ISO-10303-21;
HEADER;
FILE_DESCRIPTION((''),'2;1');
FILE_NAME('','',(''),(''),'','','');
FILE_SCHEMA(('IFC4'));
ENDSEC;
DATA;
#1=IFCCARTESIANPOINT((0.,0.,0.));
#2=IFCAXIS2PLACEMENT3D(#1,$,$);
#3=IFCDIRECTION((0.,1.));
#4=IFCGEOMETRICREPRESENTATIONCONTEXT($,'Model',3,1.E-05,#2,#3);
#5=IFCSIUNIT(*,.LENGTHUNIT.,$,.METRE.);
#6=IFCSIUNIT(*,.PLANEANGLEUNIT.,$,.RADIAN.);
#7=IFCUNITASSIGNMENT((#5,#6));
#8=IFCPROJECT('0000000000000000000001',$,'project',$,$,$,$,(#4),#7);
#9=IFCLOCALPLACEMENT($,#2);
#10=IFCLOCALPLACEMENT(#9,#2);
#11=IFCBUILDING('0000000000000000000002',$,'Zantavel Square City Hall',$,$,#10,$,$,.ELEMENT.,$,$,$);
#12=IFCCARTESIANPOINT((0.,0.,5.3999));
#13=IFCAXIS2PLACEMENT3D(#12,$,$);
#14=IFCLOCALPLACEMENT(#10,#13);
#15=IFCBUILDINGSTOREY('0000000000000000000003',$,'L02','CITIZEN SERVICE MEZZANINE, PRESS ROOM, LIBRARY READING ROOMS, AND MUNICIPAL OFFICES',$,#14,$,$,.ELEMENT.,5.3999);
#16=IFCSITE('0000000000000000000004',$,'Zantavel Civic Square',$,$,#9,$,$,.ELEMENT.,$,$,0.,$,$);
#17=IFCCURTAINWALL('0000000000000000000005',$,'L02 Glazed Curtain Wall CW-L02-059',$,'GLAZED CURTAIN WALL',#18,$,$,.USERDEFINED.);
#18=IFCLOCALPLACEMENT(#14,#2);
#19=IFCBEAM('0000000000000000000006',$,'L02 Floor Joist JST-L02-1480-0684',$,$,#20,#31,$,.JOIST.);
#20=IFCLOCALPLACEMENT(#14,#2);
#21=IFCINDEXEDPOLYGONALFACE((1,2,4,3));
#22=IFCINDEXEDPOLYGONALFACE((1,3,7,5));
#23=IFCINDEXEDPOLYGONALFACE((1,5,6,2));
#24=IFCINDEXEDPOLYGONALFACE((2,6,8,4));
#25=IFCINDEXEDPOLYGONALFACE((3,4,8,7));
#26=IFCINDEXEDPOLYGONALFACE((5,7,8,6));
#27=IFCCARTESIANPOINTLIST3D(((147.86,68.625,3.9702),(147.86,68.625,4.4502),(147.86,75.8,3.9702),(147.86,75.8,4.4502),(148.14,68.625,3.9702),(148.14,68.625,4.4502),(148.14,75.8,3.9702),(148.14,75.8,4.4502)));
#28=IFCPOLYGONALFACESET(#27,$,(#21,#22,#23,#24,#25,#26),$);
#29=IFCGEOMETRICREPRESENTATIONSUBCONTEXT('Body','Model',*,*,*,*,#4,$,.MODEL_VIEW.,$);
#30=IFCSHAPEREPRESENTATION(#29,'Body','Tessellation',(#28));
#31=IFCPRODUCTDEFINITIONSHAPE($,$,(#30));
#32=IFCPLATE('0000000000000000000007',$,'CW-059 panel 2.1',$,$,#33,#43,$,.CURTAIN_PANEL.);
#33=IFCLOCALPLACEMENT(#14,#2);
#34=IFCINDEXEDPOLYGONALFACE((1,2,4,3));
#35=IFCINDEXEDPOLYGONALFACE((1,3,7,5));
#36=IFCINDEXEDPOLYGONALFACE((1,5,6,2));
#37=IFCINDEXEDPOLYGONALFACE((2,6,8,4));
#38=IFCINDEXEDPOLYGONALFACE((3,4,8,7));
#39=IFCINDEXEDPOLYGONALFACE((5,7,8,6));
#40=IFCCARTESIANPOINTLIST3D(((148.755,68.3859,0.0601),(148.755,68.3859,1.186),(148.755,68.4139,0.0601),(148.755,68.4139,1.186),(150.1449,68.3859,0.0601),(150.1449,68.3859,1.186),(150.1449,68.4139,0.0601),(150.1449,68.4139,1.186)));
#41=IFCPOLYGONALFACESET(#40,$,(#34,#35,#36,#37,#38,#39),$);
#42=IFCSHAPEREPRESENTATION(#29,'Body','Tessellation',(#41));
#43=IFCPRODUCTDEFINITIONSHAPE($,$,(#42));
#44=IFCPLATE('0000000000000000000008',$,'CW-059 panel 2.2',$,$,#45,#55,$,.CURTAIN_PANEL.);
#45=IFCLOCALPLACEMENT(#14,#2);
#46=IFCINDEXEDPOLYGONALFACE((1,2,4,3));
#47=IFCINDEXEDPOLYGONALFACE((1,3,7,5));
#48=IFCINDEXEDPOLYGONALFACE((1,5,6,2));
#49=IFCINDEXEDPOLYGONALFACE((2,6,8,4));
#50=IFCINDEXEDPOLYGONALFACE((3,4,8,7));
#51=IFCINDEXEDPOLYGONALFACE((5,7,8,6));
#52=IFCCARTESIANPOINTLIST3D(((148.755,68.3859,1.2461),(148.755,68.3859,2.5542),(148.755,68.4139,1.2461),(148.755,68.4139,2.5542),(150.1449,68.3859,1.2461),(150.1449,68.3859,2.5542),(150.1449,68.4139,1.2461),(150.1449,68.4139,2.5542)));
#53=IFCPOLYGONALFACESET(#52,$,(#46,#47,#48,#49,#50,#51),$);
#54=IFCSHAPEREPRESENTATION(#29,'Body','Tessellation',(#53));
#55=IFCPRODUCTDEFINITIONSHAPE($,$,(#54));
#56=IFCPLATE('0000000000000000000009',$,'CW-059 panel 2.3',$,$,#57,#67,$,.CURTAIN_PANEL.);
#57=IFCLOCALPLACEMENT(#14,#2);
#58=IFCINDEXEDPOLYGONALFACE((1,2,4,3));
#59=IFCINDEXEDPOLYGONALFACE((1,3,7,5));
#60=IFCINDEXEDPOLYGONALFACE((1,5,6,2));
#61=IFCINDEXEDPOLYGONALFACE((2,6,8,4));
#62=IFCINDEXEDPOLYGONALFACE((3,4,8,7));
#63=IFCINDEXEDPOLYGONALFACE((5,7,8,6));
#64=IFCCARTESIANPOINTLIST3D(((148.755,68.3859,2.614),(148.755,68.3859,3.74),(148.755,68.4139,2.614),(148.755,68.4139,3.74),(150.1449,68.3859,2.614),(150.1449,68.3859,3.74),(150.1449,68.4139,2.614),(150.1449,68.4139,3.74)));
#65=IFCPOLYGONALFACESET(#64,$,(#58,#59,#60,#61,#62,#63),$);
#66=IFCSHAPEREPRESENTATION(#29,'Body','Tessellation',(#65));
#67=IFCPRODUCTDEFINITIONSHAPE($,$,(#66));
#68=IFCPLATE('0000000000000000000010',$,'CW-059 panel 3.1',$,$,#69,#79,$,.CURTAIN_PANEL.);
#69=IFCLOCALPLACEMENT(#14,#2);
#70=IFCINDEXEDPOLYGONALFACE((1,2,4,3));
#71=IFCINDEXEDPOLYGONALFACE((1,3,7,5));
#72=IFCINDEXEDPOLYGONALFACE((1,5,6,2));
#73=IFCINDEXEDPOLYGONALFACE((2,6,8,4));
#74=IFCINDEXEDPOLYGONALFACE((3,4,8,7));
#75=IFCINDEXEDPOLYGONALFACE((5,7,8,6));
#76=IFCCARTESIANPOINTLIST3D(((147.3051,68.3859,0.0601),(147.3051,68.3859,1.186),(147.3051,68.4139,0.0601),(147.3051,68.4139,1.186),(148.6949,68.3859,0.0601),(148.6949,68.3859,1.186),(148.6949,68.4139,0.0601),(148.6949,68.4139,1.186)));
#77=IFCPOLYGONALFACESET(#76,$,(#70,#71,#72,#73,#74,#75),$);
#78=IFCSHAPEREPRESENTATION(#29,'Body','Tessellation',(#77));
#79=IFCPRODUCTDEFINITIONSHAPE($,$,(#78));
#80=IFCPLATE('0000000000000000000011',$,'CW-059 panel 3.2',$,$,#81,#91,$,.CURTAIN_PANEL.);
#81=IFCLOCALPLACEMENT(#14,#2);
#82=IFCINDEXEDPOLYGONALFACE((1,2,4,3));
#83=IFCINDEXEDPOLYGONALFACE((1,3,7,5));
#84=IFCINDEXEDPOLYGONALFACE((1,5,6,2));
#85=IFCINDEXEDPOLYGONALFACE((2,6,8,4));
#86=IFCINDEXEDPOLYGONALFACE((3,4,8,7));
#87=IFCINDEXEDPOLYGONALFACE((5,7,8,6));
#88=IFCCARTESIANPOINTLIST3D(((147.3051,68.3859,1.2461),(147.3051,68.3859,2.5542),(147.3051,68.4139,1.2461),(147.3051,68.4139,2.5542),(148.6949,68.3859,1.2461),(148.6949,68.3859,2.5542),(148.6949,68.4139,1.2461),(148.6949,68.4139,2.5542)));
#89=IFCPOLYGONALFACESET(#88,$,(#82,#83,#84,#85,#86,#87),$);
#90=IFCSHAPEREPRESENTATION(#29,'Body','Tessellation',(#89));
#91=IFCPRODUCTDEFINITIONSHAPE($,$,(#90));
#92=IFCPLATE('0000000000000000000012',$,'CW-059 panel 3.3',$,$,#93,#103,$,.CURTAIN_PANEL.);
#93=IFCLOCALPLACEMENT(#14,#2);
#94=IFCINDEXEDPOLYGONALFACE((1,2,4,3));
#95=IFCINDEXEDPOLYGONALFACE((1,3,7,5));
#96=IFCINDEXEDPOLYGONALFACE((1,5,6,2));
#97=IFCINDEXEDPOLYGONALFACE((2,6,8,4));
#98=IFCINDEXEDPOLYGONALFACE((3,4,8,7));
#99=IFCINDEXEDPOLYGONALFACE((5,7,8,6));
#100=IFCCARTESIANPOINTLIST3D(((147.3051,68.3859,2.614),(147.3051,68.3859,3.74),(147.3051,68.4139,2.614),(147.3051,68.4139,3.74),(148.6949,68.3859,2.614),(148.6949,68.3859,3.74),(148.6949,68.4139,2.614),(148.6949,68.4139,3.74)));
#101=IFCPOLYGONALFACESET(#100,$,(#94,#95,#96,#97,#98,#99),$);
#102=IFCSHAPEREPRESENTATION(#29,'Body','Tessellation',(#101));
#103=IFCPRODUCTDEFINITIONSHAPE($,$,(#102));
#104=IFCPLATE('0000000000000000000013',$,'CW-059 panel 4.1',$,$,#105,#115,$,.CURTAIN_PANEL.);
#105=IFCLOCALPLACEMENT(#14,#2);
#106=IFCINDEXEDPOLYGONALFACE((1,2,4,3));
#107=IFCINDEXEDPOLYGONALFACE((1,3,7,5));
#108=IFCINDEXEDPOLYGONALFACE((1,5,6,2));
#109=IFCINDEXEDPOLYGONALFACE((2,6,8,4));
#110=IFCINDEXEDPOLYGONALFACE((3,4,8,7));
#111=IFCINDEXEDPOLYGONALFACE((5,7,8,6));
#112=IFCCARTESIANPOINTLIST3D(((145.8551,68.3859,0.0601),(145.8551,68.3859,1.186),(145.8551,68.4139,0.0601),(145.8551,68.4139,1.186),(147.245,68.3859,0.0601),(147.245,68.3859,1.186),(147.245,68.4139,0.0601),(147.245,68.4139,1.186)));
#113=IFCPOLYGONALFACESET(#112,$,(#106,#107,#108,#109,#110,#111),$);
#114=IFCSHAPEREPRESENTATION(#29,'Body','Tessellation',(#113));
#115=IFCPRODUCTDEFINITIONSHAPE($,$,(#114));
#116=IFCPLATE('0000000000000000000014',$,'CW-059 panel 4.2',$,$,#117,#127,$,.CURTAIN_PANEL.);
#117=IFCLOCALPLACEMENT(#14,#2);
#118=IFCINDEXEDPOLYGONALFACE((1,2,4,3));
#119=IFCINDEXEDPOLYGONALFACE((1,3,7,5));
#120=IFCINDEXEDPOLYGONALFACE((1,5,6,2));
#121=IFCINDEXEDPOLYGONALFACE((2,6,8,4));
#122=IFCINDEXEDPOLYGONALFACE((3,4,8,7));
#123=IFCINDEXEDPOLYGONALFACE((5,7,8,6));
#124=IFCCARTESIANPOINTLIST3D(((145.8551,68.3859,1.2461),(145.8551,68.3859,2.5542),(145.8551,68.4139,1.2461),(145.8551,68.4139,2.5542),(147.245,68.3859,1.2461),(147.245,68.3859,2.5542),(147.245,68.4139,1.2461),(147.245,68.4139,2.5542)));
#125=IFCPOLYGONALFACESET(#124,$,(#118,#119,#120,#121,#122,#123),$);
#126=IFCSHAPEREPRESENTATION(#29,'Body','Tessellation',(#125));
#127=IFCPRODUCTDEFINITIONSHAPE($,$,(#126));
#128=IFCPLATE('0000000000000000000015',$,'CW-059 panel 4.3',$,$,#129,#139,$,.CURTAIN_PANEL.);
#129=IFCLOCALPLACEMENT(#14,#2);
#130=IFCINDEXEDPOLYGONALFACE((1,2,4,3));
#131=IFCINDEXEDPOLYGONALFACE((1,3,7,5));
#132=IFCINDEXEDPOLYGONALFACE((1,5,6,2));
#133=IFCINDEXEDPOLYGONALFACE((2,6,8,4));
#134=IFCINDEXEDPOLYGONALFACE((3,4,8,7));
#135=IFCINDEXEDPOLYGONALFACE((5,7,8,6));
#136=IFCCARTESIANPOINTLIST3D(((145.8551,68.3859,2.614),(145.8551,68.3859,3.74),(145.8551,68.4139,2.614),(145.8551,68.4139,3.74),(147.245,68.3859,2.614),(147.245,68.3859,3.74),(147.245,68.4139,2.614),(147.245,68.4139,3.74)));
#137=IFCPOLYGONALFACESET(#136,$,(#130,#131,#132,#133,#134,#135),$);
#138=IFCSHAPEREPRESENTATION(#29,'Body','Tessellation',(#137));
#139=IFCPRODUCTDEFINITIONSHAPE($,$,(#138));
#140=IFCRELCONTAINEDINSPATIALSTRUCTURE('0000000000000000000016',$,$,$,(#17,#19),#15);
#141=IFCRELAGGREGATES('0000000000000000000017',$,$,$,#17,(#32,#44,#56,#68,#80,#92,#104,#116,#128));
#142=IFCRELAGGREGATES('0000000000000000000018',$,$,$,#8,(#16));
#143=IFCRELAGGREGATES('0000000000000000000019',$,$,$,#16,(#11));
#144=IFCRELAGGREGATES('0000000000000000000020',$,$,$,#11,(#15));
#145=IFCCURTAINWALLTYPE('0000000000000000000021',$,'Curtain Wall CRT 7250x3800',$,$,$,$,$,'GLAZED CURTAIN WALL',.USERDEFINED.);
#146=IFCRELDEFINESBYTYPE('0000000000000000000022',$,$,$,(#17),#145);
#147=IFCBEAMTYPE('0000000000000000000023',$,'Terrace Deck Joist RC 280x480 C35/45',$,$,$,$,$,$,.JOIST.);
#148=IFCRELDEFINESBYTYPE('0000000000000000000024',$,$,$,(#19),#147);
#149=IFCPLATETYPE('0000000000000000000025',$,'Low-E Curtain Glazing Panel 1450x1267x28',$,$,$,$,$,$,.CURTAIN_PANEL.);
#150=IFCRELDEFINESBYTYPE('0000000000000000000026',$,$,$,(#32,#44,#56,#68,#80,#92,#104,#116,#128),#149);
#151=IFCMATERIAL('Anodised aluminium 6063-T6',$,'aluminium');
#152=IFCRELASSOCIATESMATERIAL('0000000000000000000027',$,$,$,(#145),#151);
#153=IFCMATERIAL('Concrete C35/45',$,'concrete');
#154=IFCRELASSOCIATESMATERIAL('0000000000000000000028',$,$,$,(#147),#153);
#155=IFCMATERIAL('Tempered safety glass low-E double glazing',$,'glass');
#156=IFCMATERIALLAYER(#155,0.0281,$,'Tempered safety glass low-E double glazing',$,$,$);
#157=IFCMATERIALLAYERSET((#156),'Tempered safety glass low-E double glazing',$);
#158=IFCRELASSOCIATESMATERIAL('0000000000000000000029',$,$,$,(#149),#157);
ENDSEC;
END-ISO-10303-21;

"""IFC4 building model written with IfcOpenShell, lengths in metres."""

from ifc_helpers import new_model, si_unit, direction, frame, origin, origin_2d, place, context, subcontext, project, spatial, rectangle, extrude, material, layer, layer_set, material_profile, profile_set, type_object, element, aggregate, save


model = new_model("IFC4")

# Units and contexts
model_context = context("Model", 3, precision=1e-05, world=origin(), true_north=direction((0.0, 1.0)))
body_context = subcontext(model_context, "Body", "Model", "MODEL_VIEW")
ifc_project = project(units=[si_unit("LENGTHUNIT", "METRE"), si_unit("PLANEANGLEUNIT", "RADIAN")], contexts=[model_context])

# Site, building, storey
site_placement = place(None, origin())
site = spatial("IfcSite", under=ifc_project, at=site_placement, Name="Zantavel Civic Square", CompositionType="ELEMENT", RefElevation=0.0)
building_placement = place(site_placement, origin())
building = spatial("IfcBuilding", under=site, at=building_placement, Name="Zantavel Square City Hall", CompositionType="ELEMENT")
storey_placement = place(building_placement, frame((0.0, 0.0, 5.3999)))
storey = spatial("IfcBuildingStorey", under=building, at=storey_placement, Name="L02", Description="CITIZEN SERVICE MEZZANINE, PRESS ROOM, LIBRARY READING ROOMS, AND MUNICIPAL OFFICES", CompositionType="ELEMENT", Elevation=5.3999)

# Curtain wall
ifc_material_1 = material(Name="Anodised aluminium 6063-T6", Category="aluminium")
curtain_wall_type = type_object("IfcCurtainWallType", Name="Curtain Wall CRT 7250x3800", ElementType="GLAZED CURTAIN WALL", PredefinedType="USERDEFINED", material=ifc_material_1)
curtain_wall_placement = place(storey_placement, origin())
curtain_wall = element("IfcCurtainWall", 1, at=curtain_wall_placement, inside=storey, type_object=curtain_wall_type, Name="L02 Glazed Curtain Wall CW-L02-059", ObjectType="GLAZED CURTAIN WALL", PredefinedType="USERDEFINED")

# Beam
ifc_material_2 = material(Name="Concrete C35/45", Category="concrete")
ifc_material_profile_1 = material_profile(ifc_material_2, rectangle(XDim=0.28, YDim=0.48, at=origin_2d()), Name="RC 280x480")
ifc_profile_set_1 = profile_set([ifc_material_profile_1], Name="Concrete C35/45")
beam_type = type_object("IfcBeamType", Name="Terrace Deck Joist RC 280x480 C35/45", PredefinedType="JOIST", material=ifc_profile_set_1)
beam_placement = place(storey_placement, frame((148.0, 68.625, 4.2102), z_axis=(0.0, 1.0, 0.0), x_axis=(-1.0, 0.0, 0.0)))
element("IfcBeam", 2, at=beam_placement, inside=storey, type_object=beam_type, Name="L02 Floor Joist JST-L02-1480-0684", PredefinedType="JOIST", context=body_context, shape_type="SweptSolid", body=[
    extrude(rectangle(XDim=0.28, YDim=0.48, at=origin_2d()), origin(), (0.0, 0.0, 1.0), 7.175),
])

# Plates
ifc_material_3 = material(Name="Tempered safety glass low-E double glazing", Category="glass")
ifc_layer = layer(ifc_material_3, 0.0281, Name="Tempered safety glass low-E double glazing")
ifc_layer_set = layer_set([ifc_layer], Name="Tempered safety glass low-E double glazing")
plate_type = type_object("IfcPlateType", Name="Low-E Curtain Glazing Panel 1450x1267x28", PredefinedType="CURTAIN_PANEL", material=ifc_layer_set)
plate_1_placement = place(storey_placement, frame((149.45, 68.3999, 0.0601), z_axis=(0.0, 0.0, 1.0), x_axis=(-1.0, 0.0, 0.0)))
plate_1 = element("IfcPlate", 3, at=plate_1_placement, type_object=plate_type, Name="CW-059 panel 2.1", PredefinedType="CURTAIN_PANEL", context=body_context, shape_type="SweptSolid", body=[
    extrude(rectangle(XDim=1.3899, YDim=0.0281, at=origin_2d()), origin(), (0.0, 0.0, 1.0), 1.126),
])
plate_2_placement = place(storey_placement, frame((149.45, 68.3999, 1.2461), z_axis=(0.0, 0.0, 1.0), x_axis=(-1.0, 0.0, 0.0)))
plate_2 = element("IfcPlate", 4, at=plate_2_placement, type_object=plate_type, Name="CW-059 panel 2.2", PredefinedType="CURTAIN_PANEL", context=body_context, shape_type="SweptSolid", body=[
    extrude(rectangle(XDim=1.3899, YDim=0.0281, at=origin_2d()), origin(), (0.0, 0.0, 1.0), 1.3081),
])
plate_3_placement = place(storey_placement, frame((149.45, 68.3999, 2.614), z_axis=(0.0, 0.0, 1.0), x_axis=(-1.0, 0.0, 0.0)))
plate_3 = element("IfcPlate", 5, at=plate_3_placement, type_object=plate_type, Name="CW-059 panel 2.3", PredefinedType="CURTAIN_PANEL", context=body_context, shape_type="SweptSolid", body=[
    extrude(rectangle(XDim=1.3899, YDim=0.0281, at=origin_2d()), origin(), (0.0, 0.0, 1.0), 1.126),
])
plate_4_placement = place(storey_placement, frame((148.0, 68.3999, 0.0601), z_axis=(0.0, 0.0, 1.0), x_axis=(-1.0, 0.0, 0.0)))
plate_4 = element("IfcPlate", 6, at=plate_4_placement, type_object=plate_type, Name="CW-059 panel 3.1", PredefinedType="CURTAIN_PANEL", context=body_context, shape_type="SweptSolid", body=[
    extrude(rectangle(XDim=1.3899, YDim=0.0281, at=origin_2d()), origin(), (0.0, 0.0, 1.0), 1.126),
])
plate_5_placement = place(storey_placement, frame((148.0, 68.3999, 1.2461), z_axis=(0.0, 0.0, 1.0), x_axis=(-1.0, 0.0, 0.0)))
plate_5 = element("IfcPlate", 7, at=plate_5_placement, type_object=plate_type, Name="CW-059 panel 3.2", PredefinedType="CURTAIN_PANEL", context=body_context, shape_type="SweptSolid", body=[
    extrude(rectangle(XDim=1.3899, YDim=0.0281, at=origin_2d()), origin(), (0.0, 0.0, 1.0), 1.3081),
])
plate_6_placement = place(storey_placement, frame((148.0, 68.3999, 2.614), z_axis=(0.0, 0.0, 1.0), x_axis=(-1.0, 0.0, 0.0)))
plate_6 = element("IfcPlate", 8, at=plate_6_placement, type_object=plate_type, Name="CW-059 panel 3.3", PredefinedType="CURTAIN_PANEL", context=body_context, shape_type="SweptSolid", body=[
    extrude(rectangle(XDim=1.3899, YDim=0.0281, at=origin_2d()), origin(), (0.0, 0.0, 1.0), 1.126),
])
plate_7_placement = place(storey_placement, frame((146.55, 68.3999, 0.0601), z_axis=(0.0, 0.0, 1.0), x_axis=(-1.0, 0.0, 0.0)))
plate_7 = element("IfcPlate", 9, at=plate_7_placement, type_object=plate_type, Name="CW-059 panel 4.1", PredefinedType="CURTAIN_PANEL", context=body_context, shape_type="SweptSolid", body=[
    extrude(rectangle(XDim=1.3899, YDim=0.0281, at=origin_2d()), origin(), (0.0, 0.0, 1.0), 1.126),
])
plate_8_placement = place(storey_placement, frame((146.55, 68.3999, 1.2461), z_axis=(0.0, 0.0, 1.0), x_axis=(-1.0, 0.0, 0.0)))
plate_8 = element("IfcPlate", 10, at=plate_8_placement, type_object=plate_type, Name="CW-059 panel 4.2", PredefinedType="CURTAIN_PANEL", context=body_context, shape_type="SweptSolid", body=[
    extrude(rectangle(XDim=1.3899, YDim=0.0281, at=origin_2d()), origin(), (0.0, 0.0, 1.0), 1.3081),
])
plate_9_placement = place(storey_placement, frame((146.55, 68.3999, 2.614), z_axis=(0.0, 0.0, 1.0), x_axis=(-1.0, 0.0, 0.0)))
plate_9 = element("IfcPlate", 11, at=plate_9_placement, type_object=plate_type, Name="CW-059 panel 4.3", PredefinedType="CURTAIN_PANEL", context=body_context, shape_type="SweptSolid", body=[
    extrude(rectangle(XDim=1.3899, YDim=0.0281, at=origin_2d()), origin(), (0.0, 0.0, 1.0), 1.126),
])
aggregate(curtain_wall, [plate_1, plate_2, plate_3, plate_4, plate_5, plate_6, plate_7, plate_8, plate_9])

save(model, "model.ifc")
